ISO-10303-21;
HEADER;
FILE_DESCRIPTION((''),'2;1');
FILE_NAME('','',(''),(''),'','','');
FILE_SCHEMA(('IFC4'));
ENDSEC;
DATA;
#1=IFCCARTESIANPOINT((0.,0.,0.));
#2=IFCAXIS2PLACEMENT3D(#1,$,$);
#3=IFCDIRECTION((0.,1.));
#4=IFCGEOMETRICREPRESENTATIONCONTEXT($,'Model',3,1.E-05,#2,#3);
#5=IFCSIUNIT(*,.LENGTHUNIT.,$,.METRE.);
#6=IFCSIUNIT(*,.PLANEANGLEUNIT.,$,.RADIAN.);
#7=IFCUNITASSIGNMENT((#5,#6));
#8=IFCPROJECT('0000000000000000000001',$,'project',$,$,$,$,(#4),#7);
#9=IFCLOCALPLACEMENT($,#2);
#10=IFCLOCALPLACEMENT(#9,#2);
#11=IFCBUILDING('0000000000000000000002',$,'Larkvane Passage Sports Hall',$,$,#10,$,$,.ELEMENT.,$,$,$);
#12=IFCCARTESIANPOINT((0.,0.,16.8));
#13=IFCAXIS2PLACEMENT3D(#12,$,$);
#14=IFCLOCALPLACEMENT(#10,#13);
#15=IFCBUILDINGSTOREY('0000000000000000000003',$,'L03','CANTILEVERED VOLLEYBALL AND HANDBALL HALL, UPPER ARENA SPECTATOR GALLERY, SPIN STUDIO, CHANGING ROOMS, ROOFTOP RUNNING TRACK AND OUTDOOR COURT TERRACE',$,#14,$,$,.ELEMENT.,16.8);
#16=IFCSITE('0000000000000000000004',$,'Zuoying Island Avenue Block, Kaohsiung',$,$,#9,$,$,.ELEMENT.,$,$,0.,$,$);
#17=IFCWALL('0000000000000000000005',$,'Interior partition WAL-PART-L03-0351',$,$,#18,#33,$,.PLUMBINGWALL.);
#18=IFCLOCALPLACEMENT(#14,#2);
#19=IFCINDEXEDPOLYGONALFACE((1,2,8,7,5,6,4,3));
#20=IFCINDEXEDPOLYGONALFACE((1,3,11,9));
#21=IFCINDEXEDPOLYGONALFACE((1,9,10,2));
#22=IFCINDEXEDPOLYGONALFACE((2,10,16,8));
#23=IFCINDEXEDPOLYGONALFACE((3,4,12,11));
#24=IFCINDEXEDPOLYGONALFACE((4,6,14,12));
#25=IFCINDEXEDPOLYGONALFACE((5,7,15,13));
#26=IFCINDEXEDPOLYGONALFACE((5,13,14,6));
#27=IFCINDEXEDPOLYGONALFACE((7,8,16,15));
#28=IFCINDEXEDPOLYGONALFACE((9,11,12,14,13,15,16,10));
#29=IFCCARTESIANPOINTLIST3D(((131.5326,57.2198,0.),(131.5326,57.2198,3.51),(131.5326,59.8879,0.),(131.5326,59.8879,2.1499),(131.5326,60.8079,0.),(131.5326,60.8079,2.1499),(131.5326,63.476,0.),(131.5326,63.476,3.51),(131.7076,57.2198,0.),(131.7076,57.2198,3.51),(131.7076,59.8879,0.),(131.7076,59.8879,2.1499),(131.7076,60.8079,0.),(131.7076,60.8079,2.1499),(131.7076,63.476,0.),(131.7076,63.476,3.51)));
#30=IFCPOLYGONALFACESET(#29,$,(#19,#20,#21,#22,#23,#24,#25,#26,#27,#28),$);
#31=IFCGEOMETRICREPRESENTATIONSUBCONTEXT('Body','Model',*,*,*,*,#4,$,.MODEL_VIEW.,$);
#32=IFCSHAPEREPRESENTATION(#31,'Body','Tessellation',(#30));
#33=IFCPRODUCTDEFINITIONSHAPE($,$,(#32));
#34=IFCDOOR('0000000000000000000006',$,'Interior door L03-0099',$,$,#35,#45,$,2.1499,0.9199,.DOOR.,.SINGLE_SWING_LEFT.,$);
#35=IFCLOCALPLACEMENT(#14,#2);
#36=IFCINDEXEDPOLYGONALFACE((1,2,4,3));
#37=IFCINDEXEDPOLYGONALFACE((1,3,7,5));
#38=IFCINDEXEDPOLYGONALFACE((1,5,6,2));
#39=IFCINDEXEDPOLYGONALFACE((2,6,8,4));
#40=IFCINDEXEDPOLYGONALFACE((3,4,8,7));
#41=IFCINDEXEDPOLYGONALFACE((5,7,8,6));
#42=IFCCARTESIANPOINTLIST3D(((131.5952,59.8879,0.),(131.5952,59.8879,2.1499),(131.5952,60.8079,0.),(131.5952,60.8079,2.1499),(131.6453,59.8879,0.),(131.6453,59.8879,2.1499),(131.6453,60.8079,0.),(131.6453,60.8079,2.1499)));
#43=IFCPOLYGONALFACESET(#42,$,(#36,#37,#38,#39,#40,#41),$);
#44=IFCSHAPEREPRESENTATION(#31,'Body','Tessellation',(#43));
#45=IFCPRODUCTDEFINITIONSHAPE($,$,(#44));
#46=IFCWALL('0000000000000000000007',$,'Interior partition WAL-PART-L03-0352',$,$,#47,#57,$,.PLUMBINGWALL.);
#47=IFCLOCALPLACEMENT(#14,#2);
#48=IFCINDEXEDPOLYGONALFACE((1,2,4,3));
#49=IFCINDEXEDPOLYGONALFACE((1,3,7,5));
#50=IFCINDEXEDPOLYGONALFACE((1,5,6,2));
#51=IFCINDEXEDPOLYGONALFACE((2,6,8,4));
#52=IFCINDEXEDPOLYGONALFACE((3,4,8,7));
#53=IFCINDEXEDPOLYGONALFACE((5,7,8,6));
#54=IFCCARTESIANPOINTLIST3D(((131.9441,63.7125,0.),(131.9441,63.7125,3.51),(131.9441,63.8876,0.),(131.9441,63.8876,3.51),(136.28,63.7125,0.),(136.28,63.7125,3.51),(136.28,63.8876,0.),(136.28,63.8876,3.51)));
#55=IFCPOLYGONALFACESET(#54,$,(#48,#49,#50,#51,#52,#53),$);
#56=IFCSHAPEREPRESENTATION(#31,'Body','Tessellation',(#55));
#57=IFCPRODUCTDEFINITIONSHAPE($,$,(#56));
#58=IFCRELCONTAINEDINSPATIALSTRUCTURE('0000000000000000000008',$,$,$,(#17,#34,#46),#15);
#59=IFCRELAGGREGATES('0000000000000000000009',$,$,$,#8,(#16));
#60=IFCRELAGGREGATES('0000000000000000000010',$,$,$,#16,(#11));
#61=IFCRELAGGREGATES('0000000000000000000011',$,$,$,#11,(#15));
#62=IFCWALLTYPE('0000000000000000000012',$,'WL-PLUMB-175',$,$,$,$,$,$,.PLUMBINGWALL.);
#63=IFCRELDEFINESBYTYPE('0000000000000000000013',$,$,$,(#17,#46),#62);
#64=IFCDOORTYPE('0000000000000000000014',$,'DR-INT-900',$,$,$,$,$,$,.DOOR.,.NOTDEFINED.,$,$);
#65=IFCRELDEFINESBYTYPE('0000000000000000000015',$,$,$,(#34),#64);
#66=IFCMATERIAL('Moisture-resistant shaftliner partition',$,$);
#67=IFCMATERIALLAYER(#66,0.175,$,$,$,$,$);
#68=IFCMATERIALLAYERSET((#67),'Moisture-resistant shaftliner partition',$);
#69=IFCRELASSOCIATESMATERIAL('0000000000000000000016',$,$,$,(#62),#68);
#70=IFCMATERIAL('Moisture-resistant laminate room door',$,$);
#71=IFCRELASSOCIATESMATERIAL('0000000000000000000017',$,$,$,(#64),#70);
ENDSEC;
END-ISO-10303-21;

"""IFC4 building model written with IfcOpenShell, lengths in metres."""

from ifc_helpers import new_model, si_unit, direction, frame, frame_2d, origin, place, context, subcontext, project, spatial, rectangle, extrude, material, layer, layer_set, type_object, element, fill, save


model = new_model("IFC4")

# Units and contexts
model_context = context("Model", 3, precision=1e-05, world=origin(), true_north=direction((0.0, 1.0)))
body_context = subcontext(model_context, "Body", "Model", "MODEL_VIEW")
ifc_project = project(units=[si_unit("LENGTHUNIT", "METRE"), si_unit("PLANEANGLEUNIT", "RADIAN")], contexts=[model_context])

# Site, building, storey
site_placement = place(None, origin())
site = spatial("IfcSite", under=ifc_project, at=site_placement, Name="Zuoying Island Avenue Block, Kaohsiung", CompositionType="ELEMENT", RefElevation=0.0)
building_placement = place(site_placement, origin())
building = spatial("IfcBuilding", under=site, at=building_placement, Name="Larkvane Passage Sports Hall", CompositionType="ELEMENT")
storey_placement = place(building_placement, frame((0.0, 0.0, 16.8)))
storey = spatial("IfcBuildingStorey", under=building, at=storey_placement, Name="L03", Description="CANTILEVERED VOLLEYBALL AND HANDBALL HALL, UPPER ARENA SPECTATOR GALLERY, SPIN STUDIO, CHANGING ROOMS, ROOFTOP RUNNING TRACK AND OUTDOOR COURT TERRACE", CompositionType="ELEMENT", Elevation=16.8)

# Shared definitions
ifc_material_1 = material(Name="Moisture-resistant shaftliner partition")
ifc_layer_1 = layer(ifc_material_1, 0.175)
ifc_layer_set_1 = layer_set([ifc_layer_1], Name="Moisture-resistant shaftliner partition")
wall_type_1 = type_object("IfcWallType", Name="WL-PLUMB-175", PredefinedType="PLUMBINGWALL", material=ifc_layer_set_1)

# Wall, opening, door
wall_1_placement = place(storey_placement, frame((131.6201, 57.22, 0.0), z_axis=(0.0, 0.0, 1.0), x_axis=(0.0, 1.0, 0.0)))
wall_1 = element("IfcWall", 1, at=wall_1_placement, inside=storey, type_object=wall_type_1, Name="Interior partition WAL-PART-L03-0351", PredefinedType="PLUMBINGWALL", context=body_context, shape_type="SweptSolid", body=[
    extrude(rectangle(XDim=6.2561, YDim=0.175, at=frame_2d((3.1279, 0.0))), origin(), (0.0, 0.0, 1.0), 3.51),
])
opening_1_placement = place(wall_1_placement, frame((2.668, 0.0, 0.0)))
opening_1 = element("IfcOpeningElement", 2, at=opening_1_placement, cuts=wall_1, PredefinedType="OPENING", context=body_context, shape_type="SweptSolid", body=[
    extrude(rectangle(XDim=0.9199, YDim=2.1499, at=frame_2d((0.46, 1.075))), frame((0.0, 0.0974, 0.0), z_axis=(0.0, -1.0, 0.0), x_axis=(1.0, 0.0, 0.0)), (0.0, 0.0, 1.0), 0.1951),
])
ifc_material_2 = material(Name="Moisture-resistant laminate room door")
door_type = type_object("IfcDoorType", Name="DR-INT-900", OperationType="NOTDEFINED", PredefinedType="DOOR", material=ifc_material_2)
door_placement = place(opening_1_placement, origin())
door = element("IfcDoor", 3, at=door_placement, inside=storey, type_object=door_type, Name="Interior door L03-0099", OperationType="SINGLE_SWING_LEFT", OverallHeight=2.1499, OverallWidth=0.9199, PredefinedType="DOOR", context=body_context, shape_type="SweptSolid", body=[
    extrude(rectangle(XDim=0.9199, YDim=2.1499, at=frame_2d((0.46, 1.075))), frame((0.0, 0.0249, 0.0), z_axis=(0.0, -1.0, 0.0), x_axis=(1.0, 0.0, 0.0)), (0.0, 0.0, 1.0), 0.05),
])
fill(opening_1, door)

# Wall
wall_2_placement = place(storey_placement, frame((131.9441, 63.8, 0.0), z_axis=(0.0, 0.0, 1.0), x_axis=(1.0, 0.0, 0.0)))
element("IfcWall", 4, at=wall_2_placement, inside=storey, type_object=wall_type_1, Name="Interior partition WAL-PART-L03-0352", PredefinedType="PLUMBINGWALL", context=body_context, shape_type="SweptSolid", body=[
    extrude(rectangle(XDim=4.3359, YDim=0.175, at=frame_2d((2.168, 0.0))), origin(), (0.0, 0.0, 1.0), 3.51),
])

save(model, "model.ifc")
